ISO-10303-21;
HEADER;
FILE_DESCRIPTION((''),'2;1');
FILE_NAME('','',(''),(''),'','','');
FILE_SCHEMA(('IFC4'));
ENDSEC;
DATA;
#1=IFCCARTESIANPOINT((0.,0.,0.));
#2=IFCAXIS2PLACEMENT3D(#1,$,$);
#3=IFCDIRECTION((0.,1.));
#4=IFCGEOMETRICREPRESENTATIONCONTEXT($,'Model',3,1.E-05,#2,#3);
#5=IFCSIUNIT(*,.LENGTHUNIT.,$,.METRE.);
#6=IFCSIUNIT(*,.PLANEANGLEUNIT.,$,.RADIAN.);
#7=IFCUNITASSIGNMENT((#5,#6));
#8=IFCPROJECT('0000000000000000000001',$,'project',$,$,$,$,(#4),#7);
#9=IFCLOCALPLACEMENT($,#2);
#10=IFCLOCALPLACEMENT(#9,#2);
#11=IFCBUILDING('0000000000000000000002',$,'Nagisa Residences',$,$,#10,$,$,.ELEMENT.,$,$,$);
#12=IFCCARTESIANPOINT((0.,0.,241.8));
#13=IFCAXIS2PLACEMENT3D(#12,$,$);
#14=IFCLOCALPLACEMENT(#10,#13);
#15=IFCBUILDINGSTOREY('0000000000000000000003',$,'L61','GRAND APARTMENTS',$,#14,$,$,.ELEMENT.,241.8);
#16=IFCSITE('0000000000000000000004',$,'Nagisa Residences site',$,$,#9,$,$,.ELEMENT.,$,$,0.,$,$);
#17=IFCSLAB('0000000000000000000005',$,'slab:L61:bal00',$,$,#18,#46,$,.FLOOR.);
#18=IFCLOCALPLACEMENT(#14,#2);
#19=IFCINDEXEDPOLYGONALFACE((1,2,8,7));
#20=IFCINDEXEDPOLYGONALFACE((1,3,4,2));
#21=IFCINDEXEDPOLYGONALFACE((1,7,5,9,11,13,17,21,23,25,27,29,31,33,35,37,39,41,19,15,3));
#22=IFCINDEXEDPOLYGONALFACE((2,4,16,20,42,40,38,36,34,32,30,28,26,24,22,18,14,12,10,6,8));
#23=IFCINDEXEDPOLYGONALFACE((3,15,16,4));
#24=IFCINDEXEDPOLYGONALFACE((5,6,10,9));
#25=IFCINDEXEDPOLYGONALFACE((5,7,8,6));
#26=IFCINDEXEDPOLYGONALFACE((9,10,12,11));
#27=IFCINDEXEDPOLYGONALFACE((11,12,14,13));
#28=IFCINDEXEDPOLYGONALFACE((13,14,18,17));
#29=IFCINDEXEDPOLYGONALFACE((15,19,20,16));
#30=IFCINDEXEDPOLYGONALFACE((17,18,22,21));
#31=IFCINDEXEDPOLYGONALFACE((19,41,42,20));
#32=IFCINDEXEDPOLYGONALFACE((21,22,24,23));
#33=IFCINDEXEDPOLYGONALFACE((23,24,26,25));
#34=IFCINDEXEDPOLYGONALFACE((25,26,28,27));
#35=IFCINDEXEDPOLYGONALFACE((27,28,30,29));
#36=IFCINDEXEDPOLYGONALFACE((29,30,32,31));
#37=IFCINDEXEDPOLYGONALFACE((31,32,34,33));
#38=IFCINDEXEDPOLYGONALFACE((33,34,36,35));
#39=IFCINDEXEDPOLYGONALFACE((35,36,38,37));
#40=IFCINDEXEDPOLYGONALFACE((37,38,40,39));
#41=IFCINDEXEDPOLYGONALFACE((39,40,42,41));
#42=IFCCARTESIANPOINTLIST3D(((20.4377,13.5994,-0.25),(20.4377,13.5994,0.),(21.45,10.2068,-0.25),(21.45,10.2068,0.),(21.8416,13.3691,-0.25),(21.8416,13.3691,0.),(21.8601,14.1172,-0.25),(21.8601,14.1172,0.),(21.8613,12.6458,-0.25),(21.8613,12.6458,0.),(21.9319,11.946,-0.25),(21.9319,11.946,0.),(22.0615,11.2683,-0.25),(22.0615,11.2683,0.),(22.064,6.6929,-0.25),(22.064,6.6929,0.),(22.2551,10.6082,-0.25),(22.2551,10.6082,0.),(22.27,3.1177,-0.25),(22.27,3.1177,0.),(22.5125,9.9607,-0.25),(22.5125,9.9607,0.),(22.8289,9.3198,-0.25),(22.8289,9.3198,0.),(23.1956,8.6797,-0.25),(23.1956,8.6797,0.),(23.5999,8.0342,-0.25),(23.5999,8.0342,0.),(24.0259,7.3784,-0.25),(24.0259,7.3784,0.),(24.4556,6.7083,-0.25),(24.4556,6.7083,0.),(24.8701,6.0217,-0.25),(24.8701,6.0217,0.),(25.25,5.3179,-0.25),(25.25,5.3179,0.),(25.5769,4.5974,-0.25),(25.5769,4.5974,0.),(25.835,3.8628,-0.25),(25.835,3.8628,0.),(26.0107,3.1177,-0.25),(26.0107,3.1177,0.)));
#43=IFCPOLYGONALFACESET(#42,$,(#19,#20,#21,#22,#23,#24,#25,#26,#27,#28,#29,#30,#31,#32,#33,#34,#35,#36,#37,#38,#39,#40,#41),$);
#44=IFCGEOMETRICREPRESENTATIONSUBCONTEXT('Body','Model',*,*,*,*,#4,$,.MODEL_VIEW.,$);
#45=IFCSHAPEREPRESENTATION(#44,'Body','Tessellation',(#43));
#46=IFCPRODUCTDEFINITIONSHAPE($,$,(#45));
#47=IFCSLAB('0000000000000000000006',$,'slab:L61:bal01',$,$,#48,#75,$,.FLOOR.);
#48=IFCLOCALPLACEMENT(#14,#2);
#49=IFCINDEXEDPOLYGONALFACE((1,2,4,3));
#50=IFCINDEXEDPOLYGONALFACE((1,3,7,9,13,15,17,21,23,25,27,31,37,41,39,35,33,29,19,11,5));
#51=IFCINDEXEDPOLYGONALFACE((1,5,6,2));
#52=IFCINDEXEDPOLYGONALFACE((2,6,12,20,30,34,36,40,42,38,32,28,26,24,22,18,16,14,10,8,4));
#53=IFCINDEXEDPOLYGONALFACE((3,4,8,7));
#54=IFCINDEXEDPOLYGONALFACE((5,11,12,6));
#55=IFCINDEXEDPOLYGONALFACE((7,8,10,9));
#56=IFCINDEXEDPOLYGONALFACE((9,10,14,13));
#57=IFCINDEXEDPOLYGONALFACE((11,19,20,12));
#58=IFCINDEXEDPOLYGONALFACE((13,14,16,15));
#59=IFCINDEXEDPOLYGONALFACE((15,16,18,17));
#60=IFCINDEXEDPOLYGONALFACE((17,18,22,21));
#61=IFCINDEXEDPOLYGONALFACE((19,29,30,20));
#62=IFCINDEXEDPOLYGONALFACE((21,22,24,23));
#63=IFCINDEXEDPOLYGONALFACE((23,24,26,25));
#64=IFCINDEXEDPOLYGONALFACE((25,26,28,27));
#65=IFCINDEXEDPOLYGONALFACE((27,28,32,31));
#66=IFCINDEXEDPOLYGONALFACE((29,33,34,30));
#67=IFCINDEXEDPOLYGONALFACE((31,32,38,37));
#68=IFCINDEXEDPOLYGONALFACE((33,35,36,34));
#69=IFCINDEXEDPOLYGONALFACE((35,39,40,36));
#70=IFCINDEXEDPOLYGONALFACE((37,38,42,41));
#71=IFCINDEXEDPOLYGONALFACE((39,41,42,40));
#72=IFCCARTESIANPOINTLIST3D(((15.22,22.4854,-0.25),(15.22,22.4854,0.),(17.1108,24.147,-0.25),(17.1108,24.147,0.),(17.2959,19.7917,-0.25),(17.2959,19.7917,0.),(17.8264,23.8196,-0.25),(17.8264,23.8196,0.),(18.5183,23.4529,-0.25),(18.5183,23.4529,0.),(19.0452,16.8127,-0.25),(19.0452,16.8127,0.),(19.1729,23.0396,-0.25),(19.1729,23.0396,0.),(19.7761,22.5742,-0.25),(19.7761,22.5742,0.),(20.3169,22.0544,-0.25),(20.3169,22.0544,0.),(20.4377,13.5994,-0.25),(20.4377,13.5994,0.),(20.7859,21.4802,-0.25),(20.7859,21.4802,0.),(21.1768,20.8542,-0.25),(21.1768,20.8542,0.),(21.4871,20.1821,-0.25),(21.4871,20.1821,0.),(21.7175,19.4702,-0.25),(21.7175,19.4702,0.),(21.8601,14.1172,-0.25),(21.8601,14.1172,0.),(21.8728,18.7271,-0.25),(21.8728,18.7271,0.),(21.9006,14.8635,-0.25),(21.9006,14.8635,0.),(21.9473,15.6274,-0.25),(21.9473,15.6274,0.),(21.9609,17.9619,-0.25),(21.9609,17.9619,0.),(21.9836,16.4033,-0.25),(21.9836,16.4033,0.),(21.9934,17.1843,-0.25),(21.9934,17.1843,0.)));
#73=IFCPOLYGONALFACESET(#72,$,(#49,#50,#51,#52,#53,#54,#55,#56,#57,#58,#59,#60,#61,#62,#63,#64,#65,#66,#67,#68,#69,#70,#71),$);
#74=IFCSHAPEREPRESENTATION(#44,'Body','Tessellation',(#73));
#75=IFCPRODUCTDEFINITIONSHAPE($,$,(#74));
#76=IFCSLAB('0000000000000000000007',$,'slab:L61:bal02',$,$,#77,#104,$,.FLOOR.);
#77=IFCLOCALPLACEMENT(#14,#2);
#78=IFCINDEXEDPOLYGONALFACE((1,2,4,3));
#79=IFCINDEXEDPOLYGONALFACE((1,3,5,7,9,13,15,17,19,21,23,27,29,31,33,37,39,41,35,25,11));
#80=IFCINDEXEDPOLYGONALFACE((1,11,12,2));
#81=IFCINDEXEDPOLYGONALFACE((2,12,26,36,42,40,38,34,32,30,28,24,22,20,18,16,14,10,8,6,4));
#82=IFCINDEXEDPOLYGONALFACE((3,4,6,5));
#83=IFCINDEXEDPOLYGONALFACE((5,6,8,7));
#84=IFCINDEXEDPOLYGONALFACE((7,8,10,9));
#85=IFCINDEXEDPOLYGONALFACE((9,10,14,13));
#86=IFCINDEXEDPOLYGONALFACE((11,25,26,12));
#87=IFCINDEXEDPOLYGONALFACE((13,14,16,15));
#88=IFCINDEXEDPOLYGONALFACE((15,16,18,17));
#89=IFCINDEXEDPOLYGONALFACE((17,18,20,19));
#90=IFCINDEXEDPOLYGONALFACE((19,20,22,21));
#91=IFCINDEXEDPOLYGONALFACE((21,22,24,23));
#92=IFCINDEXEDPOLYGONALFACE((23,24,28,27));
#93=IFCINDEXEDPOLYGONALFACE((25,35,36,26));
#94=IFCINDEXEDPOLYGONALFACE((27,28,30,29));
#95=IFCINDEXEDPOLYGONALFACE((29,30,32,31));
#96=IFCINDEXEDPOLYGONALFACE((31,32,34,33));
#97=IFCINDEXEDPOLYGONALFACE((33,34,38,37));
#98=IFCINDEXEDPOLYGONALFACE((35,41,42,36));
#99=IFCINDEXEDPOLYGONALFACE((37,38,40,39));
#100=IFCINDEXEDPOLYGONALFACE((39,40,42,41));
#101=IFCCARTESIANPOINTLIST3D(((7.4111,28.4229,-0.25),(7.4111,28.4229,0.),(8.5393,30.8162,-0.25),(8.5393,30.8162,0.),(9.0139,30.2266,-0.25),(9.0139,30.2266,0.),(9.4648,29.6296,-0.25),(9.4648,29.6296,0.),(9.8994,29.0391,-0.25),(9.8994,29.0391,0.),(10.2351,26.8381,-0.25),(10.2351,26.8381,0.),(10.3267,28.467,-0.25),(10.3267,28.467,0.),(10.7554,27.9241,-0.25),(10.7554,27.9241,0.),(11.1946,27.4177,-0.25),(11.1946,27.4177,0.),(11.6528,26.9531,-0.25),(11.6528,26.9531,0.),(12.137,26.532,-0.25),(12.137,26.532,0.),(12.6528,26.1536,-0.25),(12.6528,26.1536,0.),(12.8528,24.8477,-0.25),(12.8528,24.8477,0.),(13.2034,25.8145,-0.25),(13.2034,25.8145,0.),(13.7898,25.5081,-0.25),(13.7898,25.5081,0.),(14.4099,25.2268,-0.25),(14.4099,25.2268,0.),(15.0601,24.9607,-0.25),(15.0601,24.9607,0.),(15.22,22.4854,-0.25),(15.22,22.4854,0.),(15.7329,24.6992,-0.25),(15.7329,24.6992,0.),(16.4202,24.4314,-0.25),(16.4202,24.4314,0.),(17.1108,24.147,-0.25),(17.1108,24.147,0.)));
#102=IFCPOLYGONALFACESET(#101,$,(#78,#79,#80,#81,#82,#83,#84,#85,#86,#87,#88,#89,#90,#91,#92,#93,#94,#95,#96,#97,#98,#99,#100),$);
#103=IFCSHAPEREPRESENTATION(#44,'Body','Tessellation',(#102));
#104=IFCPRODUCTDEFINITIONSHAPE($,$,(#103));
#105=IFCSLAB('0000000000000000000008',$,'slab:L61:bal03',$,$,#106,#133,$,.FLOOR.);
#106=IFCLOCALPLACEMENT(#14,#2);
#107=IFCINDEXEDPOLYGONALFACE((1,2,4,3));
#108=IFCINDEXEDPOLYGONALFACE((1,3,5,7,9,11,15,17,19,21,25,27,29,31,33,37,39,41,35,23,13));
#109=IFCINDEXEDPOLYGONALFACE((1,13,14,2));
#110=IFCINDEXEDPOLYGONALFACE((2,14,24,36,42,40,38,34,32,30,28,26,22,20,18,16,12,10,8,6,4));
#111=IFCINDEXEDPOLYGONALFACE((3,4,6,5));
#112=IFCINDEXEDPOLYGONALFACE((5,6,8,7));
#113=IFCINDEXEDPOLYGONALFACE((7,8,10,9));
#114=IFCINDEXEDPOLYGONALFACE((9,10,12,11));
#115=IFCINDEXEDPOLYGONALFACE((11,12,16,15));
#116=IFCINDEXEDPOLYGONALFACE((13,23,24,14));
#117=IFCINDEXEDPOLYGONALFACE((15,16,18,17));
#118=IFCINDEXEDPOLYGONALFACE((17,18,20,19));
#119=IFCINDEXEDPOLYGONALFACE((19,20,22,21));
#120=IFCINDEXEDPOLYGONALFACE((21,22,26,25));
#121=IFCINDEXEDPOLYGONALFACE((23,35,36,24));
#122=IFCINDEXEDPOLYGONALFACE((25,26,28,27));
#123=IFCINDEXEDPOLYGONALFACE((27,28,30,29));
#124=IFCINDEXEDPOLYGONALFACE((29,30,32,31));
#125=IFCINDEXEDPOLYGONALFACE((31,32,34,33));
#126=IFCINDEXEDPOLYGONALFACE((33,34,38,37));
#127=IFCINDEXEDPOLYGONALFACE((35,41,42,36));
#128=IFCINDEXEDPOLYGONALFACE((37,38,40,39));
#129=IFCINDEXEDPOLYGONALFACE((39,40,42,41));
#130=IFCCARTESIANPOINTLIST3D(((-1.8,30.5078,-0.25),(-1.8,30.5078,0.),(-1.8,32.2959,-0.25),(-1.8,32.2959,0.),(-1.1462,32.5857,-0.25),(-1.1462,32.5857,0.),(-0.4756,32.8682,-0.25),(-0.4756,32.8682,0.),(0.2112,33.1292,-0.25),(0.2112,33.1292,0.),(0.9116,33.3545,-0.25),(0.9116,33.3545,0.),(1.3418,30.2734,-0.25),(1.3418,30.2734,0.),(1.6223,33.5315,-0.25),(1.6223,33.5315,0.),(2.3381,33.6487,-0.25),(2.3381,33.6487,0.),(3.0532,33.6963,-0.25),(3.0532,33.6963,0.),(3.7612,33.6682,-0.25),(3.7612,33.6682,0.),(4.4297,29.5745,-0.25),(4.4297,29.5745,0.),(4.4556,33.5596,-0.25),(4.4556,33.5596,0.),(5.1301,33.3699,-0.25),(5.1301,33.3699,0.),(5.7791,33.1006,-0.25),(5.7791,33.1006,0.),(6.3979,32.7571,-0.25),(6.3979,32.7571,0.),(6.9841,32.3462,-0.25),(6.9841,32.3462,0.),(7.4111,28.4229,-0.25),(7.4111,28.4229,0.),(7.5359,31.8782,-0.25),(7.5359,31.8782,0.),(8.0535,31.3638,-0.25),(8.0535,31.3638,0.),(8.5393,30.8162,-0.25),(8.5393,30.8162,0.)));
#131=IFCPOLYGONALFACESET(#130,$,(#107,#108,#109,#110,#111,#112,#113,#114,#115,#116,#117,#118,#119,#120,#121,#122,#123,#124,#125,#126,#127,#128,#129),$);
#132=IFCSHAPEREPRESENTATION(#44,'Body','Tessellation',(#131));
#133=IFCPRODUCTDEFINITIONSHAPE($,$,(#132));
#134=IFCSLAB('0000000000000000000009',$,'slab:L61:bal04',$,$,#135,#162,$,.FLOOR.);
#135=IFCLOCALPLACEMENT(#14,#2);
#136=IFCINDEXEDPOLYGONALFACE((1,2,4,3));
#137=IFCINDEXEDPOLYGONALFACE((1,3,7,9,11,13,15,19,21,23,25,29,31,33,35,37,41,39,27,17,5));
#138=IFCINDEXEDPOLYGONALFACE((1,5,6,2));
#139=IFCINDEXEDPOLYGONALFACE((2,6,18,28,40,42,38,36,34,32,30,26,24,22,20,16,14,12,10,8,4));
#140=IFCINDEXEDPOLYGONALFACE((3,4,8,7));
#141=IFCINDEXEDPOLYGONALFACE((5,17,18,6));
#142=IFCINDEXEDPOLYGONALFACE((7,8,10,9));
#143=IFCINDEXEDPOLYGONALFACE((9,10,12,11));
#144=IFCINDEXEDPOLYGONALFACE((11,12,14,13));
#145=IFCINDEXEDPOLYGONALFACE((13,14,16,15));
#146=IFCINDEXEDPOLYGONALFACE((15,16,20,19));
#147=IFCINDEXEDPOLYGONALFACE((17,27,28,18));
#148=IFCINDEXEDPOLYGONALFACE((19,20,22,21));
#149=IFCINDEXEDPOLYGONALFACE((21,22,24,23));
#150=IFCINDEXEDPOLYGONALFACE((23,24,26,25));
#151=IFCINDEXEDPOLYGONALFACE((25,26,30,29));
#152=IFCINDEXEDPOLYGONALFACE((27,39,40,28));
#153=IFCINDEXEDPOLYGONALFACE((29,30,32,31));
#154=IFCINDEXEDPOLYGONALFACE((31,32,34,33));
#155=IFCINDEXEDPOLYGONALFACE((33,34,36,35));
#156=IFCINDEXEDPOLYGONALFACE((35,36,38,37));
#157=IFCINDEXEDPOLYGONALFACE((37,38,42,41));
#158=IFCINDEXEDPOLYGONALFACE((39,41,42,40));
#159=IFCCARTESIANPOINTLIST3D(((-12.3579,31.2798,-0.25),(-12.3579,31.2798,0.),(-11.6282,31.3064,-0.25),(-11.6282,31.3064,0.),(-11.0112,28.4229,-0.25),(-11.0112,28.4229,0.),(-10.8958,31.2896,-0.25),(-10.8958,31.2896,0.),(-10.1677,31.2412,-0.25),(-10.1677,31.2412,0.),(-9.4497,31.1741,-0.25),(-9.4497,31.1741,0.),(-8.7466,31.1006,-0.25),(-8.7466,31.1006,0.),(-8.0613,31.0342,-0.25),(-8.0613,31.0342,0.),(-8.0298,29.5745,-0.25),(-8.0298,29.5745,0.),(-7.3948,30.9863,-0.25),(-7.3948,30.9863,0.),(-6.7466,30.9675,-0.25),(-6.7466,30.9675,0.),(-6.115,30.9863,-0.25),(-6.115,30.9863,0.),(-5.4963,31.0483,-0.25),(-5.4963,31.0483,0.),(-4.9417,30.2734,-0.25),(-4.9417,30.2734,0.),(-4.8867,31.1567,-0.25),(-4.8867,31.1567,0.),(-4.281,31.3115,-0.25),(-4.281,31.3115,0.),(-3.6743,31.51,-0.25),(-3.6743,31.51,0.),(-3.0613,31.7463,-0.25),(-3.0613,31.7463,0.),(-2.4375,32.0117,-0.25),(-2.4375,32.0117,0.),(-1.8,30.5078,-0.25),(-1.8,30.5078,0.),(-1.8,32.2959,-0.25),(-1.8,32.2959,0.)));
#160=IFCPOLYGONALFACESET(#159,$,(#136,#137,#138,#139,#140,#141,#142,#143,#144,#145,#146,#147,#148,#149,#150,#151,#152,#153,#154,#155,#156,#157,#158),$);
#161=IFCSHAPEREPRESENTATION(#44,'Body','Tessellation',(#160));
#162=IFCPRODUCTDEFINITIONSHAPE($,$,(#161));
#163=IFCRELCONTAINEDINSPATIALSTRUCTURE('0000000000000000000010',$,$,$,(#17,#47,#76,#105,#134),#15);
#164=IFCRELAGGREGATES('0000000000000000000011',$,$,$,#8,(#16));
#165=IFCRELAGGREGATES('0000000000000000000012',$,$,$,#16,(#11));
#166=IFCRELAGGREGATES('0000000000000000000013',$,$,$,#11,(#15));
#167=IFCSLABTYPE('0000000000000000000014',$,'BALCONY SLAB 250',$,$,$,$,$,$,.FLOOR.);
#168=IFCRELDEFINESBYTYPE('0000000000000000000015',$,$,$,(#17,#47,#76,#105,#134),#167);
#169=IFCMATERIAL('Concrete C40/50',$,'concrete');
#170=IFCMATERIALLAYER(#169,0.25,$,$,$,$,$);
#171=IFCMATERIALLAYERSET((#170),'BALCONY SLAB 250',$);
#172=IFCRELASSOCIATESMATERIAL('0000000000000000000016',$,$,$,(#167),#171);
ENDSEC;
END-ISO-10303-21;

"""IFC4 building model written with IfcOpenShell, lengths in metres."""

from ifc_helpers import new_model, si_unit, direction, frame, origin, place, context, subcontext, project, spatial, polyline, outline, extrude, material, layer, layer_set, type_object, element, save


model = new_model("IFC4")

# Units and contexts
model_context = context("Model", 3, precision=1e-05, world=origin(), true_north=direction((0.0, 1.0)))
body_context = subcontext(model_context, "Body", "Model", "MODEL_VIEW")
ifc_project = project(units=[si_unit("LENGTHUNIT", "METRE"), si_unit("PLANEANGLEUNIT", "RADIAN")], contexts=[model_context])

# Site, building, storey
site_placement = place(None, origin())
site = spatial("IfcSite", under=ifc_project, at=site_placement, Name="Nagisa Residences site", CompositionType="ELEMENT", RefElevation=0.0)
building_placement = place(site_placement, origin())
building = spatial("IfcBuilding", under=site, at=building_placement, Name="Nagisa Residences", CompositionType="ELEMENT")
storey_placement = place(building_placement, frame((0.0, 0.0, 241.8)))
storey = spatial("IfcBuildingStorey", under=building, at=storey_placement, Name="L61", Description="GRAND APARTMENTS", CompositionType="ELEMENT", Elevation=241.8)

# Slabs
ifc_material_1 = material(Name="Concrete C40/50", Category="concrete")
ifc_layer_1 = layer(ifc_material_1, 0.25)
ifc_layer_set_1 = layer_set([ifc_layer_1], Name="BALCONY SLAB 250")
slab_type_1 = type_object("IfcSlabType", Name="BALCONY SLAB 250", PredefinedType="FLOOR", material=ifc_layer_set_1)
slab_1_placement = place(storey_placement, frame((0.0, 0.0, -0.25)))
element("IfcSlab", 1, at=slab_1_placement, inside=storey, type_object=slab_type_1, Name="slab:L61:bal00", PredefinedType="FLOOR", context=body_context, shape_type="SweptSolid", body=[
    extrude(outline(polyline([(26.0107, 3.1177), (25.835, 3.8628), (25.5769, 4.5974), (25.25, 5.3179), (24.8701, 6.0217), (24.4556, 6.7083), (24.0259, 7.3784), (23.5999, 8.0342), (23.1956, 8.6797), (22.8289, 9.3198), (22.5125, 9.9607), (22.2551, 10.6082), (22.0615, 11.2683), (21.9319, 11.946), (21.8613, 12.6458), (21.8416, 13.3691), (21.8601, 14.1172), (20.4377, 13.5994), (21.45, 10.2068), (22.064, 6.6929), (22.27, 3.1177), (26.0107, 3.1177)])), origin(), (0.0, 0.0, 1.0), 0.25),
])
slab_2_placement = place(storey_placement, frame((0.0, 0.0, -0.25)))
element("IfcSlab", 2, at=slab_2_placement, inside=storey, type_object=slab_type_1, Name="slab:L61:bal01", PredefinedType="FLOOR", context=body_context, shape_type="SweptSolid", body=[
    extrude(outline(polyline([(21.8601, 14.1172), (21.9006, 14.8635), (21.9473, 15.6274), (21.9836, 16.4033), (21.9934, 17.1843), (21.9609, 17.9619), (21.8728, 18.7271), (21.7175, 19.4702), (21.4871, 20.1821), (21.1768, 20.8542), (20.7859, 21.4802), (20.3169, 22.0544), (19.7761, 22.5742), (19.1729, 23.0396), (18.5183, 23.4529), (17.8264, 23.8196), (17.1108, 24.147), (15.22, 22.4854), (17.2959, 19.7917), (19.0452, 16.8127), (20.4377, 13.5994), (21.8601, 14.1172)])), origin(), (0.0, 0.0, 1.0), 0.25),
])
slab_3_placement = place(storey_placement, frame((0.0, 0.0, -0.25)))
element("IfcSlab", 3, at=slab_3_placement, inside=storey, type_object=slab_type_1, Name="slab:L61:bal02", PredefinedType="FLOOR", context=body_context, shape_type="SweptSolid", body=[
    extrude(outline(polyline([(17.1108, 24.147), (16.4202, 24.4314), (15.7329, 24.6992), (15.0601, 24.9607), (14.4099, 25.2268), (13.7898, 25.5081), (13.2034, 25.8145), (12.6528, 26.1536), (12.137, 26.532), (11.6528, 26.9531), (11.1946, 27.4177), (10.7554, 27.9241), (10.3267, 28.467), (9.8994, 29.0391), (9.4648, 29.6296), (9.0139, 30.2266), (8.5393, 30.8162), (7.4111, 28.4229), (10.2351, 26.8381), (12.8528, 24.8477), (15.22, 22.4854), (17.1108, 24.147)])), origin(), (0.0, 0.0, 1.0), 0.25),
])
slab_4_placement = place(storey_placement, frame((0.0, 0.0, -0.25)))
element("IfcSlab", 4, at=slab_4_placement, inside=storey, type_object=slab_type_1, Name="slab:L61:bal03", PredefinedType="FLOOR", context=body_context, shape_type="SweptSolid", body=[
    extrude(outline(polyline([(8.5393, 30.8162), (8.0535, 31.3638), (7.5359, 31.8782), (6.9841, 32.3462), (6.3979, 32.7571), (5.7791, 33.1006), (5.1301, 33.3699), (4.4556, 33.5596), (3.7612, 33.6682), (3.0532, 33.6963), (2.3381, 33.6487), (1.6223, 33.5315), (0.9116, 33.3545), (0.2112, 33.1292), (-0.4756, 32.8682), (-1.1462, 32.5857), (-1.8, 32.2959), (-1.8, 30.5078), (1.3418, 30.2734), (4.4297, 29.5745), (7.4111, 28.4229), (8.5393, 30.8162)])), origin(), (0.0, 0.0, 1.0), 0.25),
])
slab_5_placement = place(storey_placement, frame((0.0, 0.0, -0.25)))
element("IfcSlab", 5, at=slab_5_placement, inside=storey, type_object=slab_type_1, Name="slab:L61:bal04", PredefinedType="FLOOR", context=body_context, shape_type="SweptSolid", body=[
    extrude(outline(polyline([(-1.8, 32.2959), (-2.4375, 32.0117), (-3.0613, 31.7463), (-3.6743, 31.51), (-4.281, 31.3115), (-4.8867, 31.1567), (-5.4963, 31.0483), (-6.115, 30.9863), (-6.7466, 30.9675), (-7.3948, 30.9863), (-8.0613, 31.0342), (-8.7466, 31.1006), (-9.4497, 31.1741), (-10.1677, 31.2412), (-10.8958, 31.2896), (-11.6282, 31.3064), (-12.3579, 31.2798), (-11.0112, 28.4229), (-8.0298, 29.5745), (-4.9417, 30.2734), (-1.8, 30.5078), (-1.8, 32.2959)])), origin(), (0.0, 0.0, 1.0), 0.25),
])

save(model, "model.ifc")
